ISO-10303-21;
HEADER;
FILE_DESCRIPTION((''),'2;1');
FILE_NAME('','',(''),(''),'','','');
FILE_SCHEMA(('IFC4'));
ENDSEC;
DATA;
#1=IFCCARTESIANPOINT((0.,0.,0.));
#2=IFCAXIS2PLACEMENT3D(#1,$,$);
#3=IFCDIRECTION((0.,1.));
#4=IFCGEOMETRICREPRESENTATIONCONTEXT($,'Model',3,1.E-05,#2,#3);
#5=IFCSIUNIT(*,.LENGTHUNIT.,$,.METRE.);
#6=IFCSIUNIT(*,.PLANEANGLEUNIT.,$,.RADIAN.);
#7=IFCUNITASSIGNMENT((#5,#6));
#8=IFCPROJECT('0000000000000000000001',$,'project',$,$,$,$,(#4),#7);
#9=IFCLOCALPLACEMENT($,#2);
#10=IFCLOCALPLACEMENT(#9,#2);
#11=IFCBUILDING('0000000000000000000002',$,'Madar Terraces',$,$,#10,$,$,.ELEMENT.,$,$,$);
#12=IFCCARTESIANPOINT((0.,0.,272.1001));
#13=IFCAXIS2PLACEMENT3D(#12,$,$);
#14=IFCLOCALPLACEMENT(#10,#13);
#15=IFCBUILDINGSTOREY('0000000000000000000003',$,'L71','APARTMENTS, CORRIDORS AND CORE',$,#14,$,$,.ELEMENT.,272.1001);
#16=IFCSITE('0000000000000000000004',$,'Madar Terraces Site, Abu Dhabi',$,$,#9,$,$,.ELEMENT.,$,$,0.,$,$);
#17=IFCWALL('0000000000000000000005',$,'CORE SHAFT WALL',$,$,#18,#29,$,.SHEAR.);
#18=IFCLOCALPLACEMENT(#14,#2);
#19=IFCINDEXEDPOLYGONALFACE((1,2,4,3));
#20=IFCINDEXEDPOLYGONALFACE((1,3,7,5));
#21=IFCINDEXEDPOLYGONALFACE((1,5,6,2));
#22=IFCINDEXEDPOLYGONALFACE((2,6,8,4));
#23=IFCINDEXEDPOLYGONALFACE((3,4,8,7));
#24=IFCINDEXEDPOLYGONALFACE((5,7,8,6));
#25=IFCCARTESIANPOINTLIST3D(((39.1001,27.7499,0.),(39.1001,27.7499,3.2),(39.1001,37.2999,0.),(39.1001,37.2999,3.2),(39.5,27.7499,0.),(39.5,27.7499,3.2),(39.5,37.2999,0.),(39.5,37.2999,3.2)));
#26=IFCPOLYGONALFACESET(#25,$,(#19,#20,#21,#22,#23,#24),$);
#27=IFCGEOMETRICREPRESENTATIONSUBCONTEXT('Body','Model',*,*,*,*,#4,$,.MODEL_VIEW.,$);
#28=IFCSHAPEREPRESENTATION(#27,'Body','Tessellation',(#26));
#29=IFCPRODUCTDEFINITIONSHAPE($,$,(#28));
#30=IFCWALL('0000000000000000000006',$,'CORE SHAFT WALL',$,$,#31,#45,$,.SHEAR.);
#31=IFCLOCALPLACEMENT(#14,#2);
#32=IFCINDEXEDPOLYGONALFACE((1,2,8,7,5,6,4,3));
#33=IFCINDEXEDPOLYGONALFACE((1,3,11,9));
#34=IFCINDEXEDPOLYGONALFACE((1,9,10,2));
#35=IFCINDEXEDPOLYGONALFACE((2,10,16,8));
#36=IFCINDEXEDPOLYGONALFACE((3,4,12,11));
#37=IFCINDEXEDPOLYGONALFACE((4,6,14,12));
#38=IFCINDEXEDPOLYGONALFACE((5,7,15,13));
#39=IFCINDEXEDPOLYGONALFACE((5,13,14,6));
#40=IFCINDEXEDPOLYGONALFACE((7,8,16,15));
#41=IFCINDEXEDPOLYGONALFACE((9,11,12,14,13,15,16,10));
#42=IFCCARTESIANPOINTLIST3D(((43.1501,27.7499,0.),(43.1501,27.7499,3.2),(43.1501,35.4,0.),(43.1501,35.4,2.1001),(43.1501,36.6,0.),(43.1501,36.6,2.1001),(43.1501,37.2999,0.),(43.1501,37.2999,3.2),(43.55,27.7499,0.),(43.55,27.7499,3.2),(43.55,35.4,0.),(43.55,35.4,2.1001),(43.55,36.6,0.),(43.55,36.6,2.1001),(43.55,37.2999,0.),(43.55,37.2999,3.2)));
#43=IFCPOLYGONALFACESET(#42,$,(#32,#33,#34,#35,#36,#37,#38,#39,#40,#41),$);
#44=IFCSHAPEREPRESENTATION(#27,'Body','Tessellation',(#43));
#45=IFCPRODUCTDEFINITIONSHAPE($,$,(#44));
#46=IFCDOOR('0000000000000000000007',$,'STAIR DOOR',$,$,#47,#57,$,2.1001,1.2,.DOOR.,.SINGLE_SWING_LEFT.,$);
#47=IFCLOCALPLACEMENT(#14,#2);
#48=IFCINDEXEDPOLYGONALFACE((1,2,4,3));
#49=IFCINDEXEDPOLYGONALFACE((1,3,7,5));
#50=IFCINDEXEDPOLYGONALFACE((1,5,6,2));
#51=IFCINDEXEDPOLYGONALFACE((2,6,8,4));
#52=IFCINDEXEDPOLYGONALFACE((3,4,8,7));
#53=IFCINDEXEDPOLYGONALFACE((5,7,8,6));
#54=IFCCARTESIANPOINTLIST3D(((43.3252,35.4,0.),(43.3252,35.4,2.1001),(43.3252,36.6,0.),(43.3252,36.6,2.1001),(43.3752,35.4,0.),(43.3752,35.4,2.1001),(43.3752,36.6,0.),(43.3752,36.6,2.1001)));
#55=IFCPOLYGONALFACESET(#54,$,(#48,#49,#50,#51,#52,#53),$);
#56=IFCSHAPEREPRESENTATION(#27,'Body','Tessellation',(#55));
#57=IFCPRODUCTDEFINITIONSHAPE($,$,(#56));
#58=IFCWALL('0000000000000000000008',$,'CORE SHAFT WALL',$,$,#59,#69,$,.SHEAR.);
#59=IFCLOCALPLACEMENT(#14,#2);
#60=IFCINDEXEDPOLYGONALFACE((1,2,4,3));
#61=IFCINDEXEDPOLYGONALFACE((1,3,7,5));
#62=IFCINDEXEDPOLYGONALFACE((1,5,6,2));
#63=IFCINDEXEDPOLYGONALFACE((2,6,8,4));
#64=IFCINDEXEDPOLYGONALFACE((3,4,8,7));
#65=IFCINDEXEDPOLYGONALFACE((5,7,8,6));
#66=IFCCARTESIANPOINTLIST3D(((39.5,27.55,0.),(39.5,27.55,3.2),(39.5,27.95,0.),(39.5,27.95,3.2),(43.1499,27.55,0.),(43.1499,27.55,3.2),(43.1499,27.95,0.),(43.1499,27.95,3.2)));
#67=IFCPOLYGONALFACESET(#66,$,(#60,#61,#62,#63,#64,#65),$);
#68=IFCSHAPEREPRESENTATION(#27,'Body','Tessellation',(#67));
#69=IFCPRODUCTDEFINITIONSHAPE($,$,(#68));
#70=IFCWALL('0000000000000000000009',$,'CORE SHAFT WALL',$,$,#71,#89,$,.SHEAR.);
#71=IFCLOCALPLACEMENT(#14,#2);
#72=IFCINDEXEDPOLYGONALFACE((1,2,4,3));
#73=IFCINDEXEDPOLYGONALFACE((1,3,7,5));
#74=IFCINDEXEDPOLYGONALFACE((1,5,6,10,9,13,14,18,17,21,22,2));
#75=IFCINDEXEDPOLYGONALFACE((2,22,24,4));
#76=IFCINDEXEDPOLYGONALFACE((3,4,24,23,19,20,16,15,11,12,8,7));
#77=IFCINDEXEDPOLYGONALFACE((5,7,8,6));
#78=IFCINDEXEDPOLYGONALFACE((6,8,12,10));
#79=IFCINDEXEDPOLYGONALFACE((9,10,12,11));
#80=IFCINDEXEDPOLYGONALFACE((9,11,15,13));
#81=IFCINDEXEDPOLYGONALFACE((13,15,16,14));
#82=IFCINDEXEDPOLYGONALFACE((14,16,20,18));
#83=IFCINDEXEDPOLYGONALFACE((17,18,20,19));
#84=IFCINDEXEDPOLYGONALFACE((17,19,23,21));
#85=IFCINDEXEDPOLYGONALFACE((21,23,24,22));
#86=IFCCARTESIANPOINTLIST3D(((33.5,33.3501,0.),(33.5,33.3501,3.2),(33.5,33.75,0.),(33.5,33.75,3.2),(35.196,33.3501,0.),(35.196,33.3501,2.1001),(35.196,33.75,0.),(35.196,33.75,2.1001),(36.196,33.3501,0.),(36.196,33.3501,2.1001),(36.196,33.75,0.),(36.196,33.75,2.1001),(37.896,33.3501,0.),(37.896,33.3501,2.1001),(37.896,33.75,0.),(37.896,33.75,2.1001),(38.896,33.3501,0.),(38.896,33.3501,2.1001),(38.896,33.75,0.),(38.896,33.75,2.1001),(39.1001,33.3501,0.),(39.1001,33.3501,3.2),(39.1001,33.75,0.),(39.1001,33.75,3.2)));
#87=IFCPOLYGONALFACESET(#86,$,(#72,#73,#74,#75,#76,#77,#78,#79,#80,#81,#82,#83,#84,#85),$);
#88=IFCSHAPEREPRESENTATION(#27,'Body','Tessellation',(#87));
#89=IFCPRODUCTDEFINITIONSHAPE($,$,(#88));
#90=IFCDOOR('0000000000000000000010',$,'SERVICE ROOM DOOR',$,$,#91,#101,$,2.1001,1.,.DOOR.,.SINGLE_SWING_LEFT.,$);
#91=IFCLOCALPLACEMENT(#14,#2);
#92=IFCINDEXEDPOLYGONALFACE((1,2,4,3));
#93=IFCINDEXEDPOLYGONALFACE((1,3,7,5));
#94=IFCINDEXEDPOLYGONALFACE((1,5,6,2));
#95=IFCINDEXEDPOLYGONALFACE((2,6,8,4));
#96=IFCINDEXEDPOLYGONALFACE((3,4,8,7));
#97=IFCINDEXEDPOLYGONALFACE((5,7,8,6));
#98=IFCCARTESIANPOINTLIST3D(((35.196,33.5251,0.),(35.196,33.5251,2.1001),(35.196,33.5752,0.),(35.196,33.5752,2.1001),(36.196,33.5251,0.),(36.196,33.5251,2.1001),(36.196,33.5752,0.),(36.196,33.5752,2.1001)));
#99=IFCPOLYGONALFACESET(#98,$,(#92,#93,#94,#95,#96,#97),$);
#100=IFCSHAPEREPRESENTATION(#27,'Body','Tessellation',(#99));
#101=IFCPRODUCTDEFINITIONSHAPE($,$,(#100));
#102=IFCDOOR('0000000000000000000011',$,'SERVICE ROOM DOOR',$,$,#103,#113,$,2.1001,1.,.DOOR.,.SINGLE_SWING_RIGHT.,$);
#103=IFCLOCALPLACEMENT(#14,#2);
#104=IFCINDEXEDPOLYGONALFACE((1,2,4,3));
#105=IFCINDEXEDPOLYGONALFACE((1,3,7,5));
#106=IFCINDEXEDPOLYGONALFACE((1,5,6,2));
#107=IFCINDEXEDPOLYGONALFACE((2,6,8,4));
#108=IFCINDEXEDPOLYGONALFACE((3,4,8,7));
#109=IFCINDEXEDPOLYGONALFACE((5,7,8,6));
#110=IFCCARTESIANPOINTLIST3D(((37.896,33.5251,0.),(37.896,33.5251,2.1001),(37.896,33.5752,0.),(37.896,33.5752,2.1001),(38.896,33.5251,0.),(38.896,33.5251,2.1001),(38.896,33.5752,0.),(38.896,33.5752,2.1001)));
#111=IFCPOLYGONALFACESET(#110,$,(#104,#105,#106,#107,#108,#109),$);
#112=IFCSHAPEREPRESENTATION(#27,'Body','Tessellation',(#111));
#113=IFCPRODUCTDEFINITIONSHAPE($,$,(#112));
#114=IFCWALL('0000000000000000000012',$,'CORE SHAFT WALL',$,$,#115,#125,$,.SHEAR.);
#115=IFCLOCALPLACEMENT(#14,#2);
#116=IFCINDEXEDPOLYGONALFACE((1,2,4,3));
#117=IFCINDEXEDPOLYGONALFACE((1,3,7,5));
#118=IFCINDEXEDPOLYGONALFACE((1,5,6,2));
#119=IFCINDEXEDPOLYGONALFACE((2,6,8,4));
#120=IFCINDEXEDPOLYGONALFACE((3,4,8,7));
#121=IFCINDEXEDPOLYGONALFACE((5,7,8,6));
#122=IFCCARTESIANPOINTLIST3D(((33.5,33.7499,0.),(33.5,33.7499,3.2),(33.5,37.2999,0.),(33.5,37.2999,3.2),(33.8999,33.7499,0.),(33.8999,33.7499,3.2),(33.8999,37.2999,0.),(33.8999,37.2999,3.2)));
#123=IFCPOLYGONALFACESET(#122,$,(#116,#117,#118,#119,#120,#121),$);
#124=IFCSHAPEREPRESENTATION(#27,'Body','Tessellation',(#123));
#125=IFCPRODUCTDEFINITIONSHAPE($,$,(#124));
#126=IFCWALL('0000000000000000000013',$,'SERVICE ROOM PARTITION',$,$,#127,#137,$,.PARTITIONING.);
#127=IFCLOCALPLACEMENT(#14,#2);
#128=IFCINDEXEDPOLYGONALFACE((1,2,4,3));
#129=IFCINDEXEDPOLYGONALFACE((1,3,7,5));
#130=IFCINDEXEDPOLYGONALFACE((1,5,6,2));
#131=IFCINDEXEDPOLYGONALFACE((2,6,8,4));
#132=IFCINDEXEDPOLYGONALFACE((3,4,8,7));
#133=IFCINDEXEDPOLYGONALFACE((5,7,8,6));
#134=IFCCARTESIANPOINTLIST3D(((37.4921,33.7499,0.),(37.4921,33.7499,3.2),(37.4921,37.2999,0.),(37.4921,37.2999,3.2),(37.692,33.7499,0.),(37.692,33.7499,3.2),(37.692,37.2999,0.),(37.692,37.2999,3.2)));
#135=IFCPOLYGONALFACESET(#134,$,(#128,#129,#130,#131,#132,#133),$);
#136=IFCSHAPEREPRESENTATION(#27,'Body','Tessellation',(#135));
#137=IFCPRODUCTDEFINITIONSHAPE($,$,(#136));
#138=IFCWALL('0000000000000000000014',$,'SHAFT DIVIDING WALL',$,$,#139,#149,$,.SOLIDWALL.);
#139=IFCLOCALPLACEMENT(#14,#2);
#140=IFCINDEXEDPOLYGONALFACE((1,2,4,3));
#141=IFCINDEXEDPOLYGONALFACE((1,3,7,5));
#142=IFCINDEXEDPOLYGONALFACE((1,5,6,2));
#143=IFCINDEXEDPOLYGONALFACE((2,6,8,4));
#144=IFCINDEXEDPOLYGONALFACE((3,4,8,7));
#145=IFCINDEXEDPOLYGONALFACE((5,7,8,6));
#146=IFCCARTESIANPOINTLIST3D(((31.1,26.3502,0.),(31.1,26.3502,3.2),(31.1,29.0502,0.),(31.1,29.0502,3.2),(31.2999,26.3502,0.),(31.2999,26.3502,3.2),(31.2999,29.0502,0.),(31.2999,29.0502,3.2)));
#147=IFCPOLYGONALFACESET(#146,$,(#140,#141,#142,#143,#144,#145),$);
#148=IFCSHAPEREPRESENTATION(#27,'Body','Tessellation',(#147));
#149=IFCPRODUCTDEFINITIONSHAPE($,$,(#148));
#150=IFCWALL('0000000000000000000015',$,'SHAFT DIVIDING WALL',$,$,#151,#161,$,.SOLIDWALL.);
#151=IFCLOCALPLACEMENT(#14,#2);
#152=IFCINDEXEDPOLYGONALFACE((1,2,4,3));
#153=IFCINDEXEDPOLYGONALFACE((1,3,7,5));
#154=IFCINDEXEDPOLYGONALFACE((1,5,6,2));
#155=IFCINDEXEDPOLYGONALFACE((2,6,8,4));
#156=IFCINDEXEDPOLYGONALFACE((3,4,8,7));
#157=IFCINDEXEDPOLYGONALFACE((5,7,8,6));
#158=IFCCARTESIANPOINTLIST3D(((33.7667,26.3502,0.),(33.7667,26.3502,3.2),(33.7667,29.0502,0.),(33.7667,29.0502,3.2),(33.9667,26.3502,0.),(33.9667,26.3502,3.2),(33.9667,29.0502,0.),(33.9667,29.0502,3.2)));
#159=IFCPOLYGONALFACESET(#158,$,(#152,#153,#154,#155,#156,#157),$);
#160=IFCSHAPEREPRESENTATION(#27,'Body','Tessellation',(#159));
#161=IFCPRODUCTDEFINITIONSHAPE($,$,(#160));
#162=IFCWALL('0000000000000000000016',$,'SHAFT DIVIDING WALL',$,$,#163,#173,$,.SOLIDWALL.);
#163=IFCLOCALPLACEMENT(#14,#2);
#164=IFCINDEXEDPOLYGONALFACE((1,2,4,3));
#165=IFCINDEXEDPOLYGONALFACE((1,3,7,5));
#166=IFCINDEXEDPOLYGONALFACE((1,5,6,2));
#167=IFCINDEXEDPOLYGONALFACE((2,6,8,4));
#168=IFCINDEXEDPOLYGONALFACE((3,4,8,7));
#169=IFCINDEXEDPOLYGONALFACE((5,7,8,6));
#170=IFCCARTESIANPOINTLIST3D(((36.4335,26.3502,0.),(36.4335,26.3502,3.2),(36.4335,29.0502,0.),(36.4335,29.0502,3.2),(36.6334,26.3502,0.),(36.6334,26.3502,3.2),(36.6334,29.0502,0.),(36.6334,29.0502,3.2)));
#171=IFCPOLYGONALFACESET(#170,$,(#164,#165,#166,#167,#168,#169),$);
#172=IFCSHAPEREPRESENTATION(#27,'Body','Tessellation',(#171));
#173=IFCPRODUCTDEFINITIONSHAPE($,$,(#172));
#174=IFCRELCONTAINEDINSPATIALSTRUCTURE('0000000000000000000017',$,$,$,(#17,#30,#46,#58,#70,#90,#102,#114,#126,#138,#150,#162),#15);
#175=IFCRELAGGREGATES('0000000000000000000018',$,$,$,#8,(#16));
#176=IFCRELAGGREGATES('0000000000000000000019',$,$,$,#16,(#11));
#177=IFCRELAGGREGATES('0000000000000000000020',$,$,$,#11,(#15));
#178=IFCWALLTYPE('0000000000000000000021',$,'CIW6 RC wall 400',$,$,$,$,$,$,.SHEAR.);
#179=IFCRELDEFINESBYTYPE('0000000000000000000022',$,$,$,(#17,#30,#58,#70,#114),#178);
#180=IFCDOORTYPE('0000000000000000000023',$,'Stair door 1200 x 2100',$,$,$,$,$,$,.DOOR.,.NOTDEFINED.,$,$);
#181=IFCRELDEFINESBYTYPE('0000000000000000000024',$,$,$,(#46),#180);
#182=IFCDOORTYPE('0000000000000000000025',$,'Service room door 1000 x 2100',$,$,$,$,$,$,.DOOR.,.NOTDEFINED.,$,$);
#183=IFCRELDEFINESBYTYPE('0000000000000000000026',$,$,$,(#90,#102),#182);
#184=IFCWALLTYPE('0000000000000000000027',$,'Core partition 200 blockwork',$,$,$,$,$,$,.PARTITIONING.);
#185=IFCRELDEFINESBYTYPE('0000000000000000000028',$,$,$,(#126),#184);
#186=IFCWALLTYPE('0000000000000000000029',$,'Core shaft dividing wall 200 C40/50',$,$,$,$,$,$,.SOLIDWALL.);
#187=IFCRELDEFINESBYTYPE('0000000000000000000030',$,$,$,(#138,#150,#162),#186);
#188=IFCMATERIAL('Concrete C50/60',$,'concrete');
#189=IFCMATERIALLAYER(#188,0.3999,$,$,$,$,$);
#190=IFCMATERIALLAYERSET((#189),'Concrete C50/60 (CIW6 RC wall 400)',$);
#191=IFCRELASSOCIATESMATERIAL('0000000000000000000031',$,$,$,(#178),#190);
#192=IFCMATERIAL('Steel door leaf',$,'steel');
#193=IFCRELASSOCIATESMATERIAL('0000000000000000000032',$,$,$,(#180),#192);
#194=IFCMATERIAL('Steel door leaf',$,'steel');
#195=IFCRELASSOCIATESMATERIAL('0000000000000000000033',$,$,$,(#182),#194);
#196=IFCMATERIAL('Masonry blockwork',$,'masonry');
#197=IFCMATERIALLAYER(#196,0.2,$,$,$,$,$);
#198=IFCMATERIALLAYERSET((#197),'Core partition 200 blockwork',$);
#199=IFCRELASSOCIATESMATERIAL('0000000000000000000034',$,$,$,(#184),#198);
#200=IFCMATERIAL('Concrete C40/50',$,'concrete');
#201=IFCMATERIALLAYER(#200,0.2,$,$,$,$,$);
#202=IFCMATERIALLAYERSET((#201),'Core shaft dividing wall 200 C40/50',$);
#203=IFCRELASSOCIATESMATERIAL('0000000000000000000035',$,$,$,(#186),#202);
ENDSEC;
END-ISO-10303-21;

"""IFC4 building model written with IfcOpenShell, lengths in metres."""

from ifc_helpers import new_model, si_unit, direction, frame, frame_2d, origin, place, context, subcontext, project, spatial, rectangle, extrude, material, layer, layer_set, type_object, element, fill, save


model = new_model("IFC4")

# Units and contexts
model_context = context("Model", 3, precision=1e-05, world=origin(), true_north=direction((0.0, 1.0)))
body_context = subcontext(model_context, "Body", "Model", "MODEL_VIEW")
ifc_project = project(units=[si_unit("LENGTHUNIT", "METRE"), si_unit("PLANEANGLEUNIT", "RADIAN")], contexts=[model_context])

# Site, building, storey
site_placement = place(None, origin())
site = spatial("IfcSite", under=ifc_project, at=site_placement, Name="Madar Terraces Site, Abu Dhabi", CompositionType="ELEMENT", RefElevation=0.0)
building_placement = place(site_placement, origin())
building = spatial("IfcBuilding", under=site, at=building_placement, Name="Madar Terraces", CompositionType="ELEMENT")
storey_placement = place(building_placement, frame((0.0, 0.0, 272.1001)))
storey = spatial("IfcBuildingStorey", under=building, at=storey_placement, Name="L71", Description="APARTMENTS, CORRIDORS AND CORE", CompositionType="ELEMENT", Elevation=272.1001)

# Wall
ifc_material_1 = material(Name="Concrete C50/60", Category="concrete")
ifc_layer_1 = layer(ifc_material_1, 0.3999)
ifc_layer_set_1 = layer_set([ifc_layer_1], Name="Concrete C50/60 (CIW6 RC wall 400)")
wall_type_1 = type_object("IfcWallType", Name="CIW6 RC wall 400", PredefinedType="SHEAR", material=ifc_layer_set_1)
wall_1_placement = place(storey_placement, frame((39.3, 27.75, 0.0), z_axis=(0.0, 0.0, 1.0), x_axis=(0.0, 1.0, 0.0)))
element("IfcWall", 1, at=wall_1_placement, inside=storey, type_object=wall_type_1, Name="CORE SHAFT WALL", PredefinedType="SHEAR", context=body_context, shape_type="SweptSolid", body=[
    extrude(rectangle(XDim=9.55, YDim=0.3999, at=frame_2d((4.7749, 0.0))), origin(), (0.0, 0.0, 1.0), 3.2),
])

# Wall, opening, door
wall_2_placement = place(storey_placement, frame((43.3501, 27.75, 0.0), z_axis=(0.0, 0.0, 1.0), x_axis=(0.0, 1.0, 0.0)))
wall_2 = element("IfcWall", 2, at=wall_2_placement, inside=storey, type_object=wall_type_1, Name="CORE SHAFT WALL", PredefinedType="SHEAR", context=body_context, shape_type="SweptSolid", body=[
    extrude(rectangle(XDim=9.55, YDim=0.3999, at=frame_2d((4.7749, 0.0))), origin(), (0.0, 0.0, 1.0), 3.2),
])
opening_1_placement = place(wall_2_placement, frame((7.6499, 0.0, 0.0)))
opening_1 = element("IfcOpeningElement", 3, at=opening_1_placement, cuts=wall_2, PredefinedType="OPENING", context=body_context, shape_type="SweptSolid", body=[
    extrude(rectangle(XDim=1.2, YDim=2.1001, at=frame_2d((0.6001, 1.05))), frame((0.0, 0.21, 0.0), z_axis=(0.0, -1.0, 0.0), x_axis=(1.0, 0.0, 0.0)), (0.0, 0.0, 1.0), 0.4199),
])
ifc_material_2 = material(Name="Steel door leaf", Category="steel")
door_type_1 = type_object("IfcDoorType", Name="Stair door 1200 x 2100", OperationType="NOTDEFINED", PredefinedType="DOOR", material=ifc_material_2)
door_1_placement = place(opening_1_placement, origin())
door_1 = element("IfcDoor", 4, at=door_1_placement, inside=storey, type_object=door_type_1, Name="STAIR DOOR", OperationType="SINGLE_SWING_LEFT", OverallHeight=2.1001, OverallWidth=1.2, PredefinedType="DOOR", context=body_context, shape_type="SweptSolid", body=[
    extrude(rectangle(XDim=1.2, YDim=2.1001, at=frame_2d((0.6001, 1.05))), frame((0.0, 0.0249, 0.0), z_axis=(0.0, -1.0, 0.0), x_axis=(1.0, 0.0, 0.0)), (0.0, 0.0, 1.0), 0.05),
])
fill(opening_1, door_1)

# Wall
wall_3_placement = place(storey_placement, frame((39.5, 27.75, 0.0), z_axis=(0.0, 0.0, 1.0), x_axis=(1.0, 0.0, 0.0)))
element("IfcWall", 5, at=wall_3_placement, inside=storey, type_object=wall_type_1, Name="CORE SHAFT WALL", PredefinedType="SHEAR", context=body_context, shape_type="SweptSolid", body=[
    extrude(rectangle(XDim=3.6499, YDim=0.3999, at=frame_2d((1.825, 0.0))), origin(), (0.0, 0.0, 1.0), 3.2),
])

# Wall, openings, doors
wall_4_placement = place(storey_placement, frame((33.5, 33.55, 0.0), z_axis=(0.0, 0.0, 1.0), x_axis=(1.0, 0.0, 0.0)))
wall_4 = element("IfcWall", 6, at=wall_4_placement, inside=storey, type_object=wall_type_1, Name="CORE SHAFT WALL", PredefinedType="SHEAR", context=body_context, shape_type="SweptSolid", body=[
    extrude(rectangle(XDim=5.6001, YDim=0.3999, at=frame_2d((2.8, 0.0))), origin(), (0.0, 0.0, 1.0), 3.2),
])
opening_2_placement = place(wall_4_placement, frame((1.696, 0.0, 0.0)))
opening_2 = element("IfcOpeningElement", 7, at=opening_2_placement, cuts=wall_4, PredefinedType="OPENING", context=body_context, shape_type="SweptSolid", body=[
    extrude(rectangle(XDim=1.0, YDim=2.1001, at=frame_2d((0.5, 1.05))), frame((0.0, 0.21, 0.0), z_axis=(0.0, -1.0, 0.0), x_axis=(1.0, 0.0, 0.0)), (0.0, 0.0, 1.0), 0.4199),
])
opening_3_placement = place(wall_4_placement, frame((4.396, 0.0, 0.0)))
opening_3 = element("IfcOpeningElement", 8, at=opening_3_placement, cuts=wall_4, PredefinedType="OPENING", context=body_context, shape_type="SweptSolid", body=[
    extrude(rectangle(XDim=1.0, YDim=2.1001, at=frame_2d((0.5, 1.05))), frame((0.0, 0.21, 0.0), z_axis=(0.0, -1.0, 0.0), x_axis=(1.0, 0.0, 0.0)), (0.0, 0.0, 1.0), 0.4199),
])
ifc_material_3 = material(Name="Steel door leaf", Category="steel")
door_type_2 = type_object("IfcDoorType", Name="Service room door 1000 x 2100", OperationType="NOTDEFINED", PredefinedType="DOOR", material=ifc_material_3)
door_2_placement = place(opening_2_placement, frame((1.0, 0.0, 0.0), z_axis=(0.0, 0.0, 1.0), x_axis=(-1.0, 0.0, 0.0)))
door_2 = element("IfcDoor", 9, at=door_2_placement, inside=storey, type_object=door_type_2, Name="SERVICE ROOM DOOR", OperationType="SINGLE_SWING_LEFT", OverallHeight=2.1001, OverallWidth=1.0, PredefinedType="DOOR", context=body_context, shape_type="SweptSolid", body=[
    extrude(rectangle(XDim=1.0, YDim=2.1001, at=frame_2d((0.5, 1.05))), frame((0.0, 0.0249, 0.0), z_axis=(0.0, -1.0, 0.0), x_axis=(1.0, 0.0, 0.0)), (0.0, 0.0, 1.0), 0.05),
])
fill(opening_2, door_2)
door_3_placement = place(opening_3_placement, frame((1.0, 0.0, 0.0), z_axis=(0.0, 0.0, 1.0), x_axis=(-1.0, 0.0, 0.0)))
door_3 = element("IfcDoor", 10, at=door_3_placement, inside=storey, type_object=door_type_2, Name="SERVICE ROOM DOOR", OperationType="SINGLE_SWING_RIGHT", OverallHeight=2.1001, OverallWidth=1.0, PredefinedType="DOOR", context=body_context, shape_type="SweptSolid", body=[
    extrude(rectangle(XDim=1.0, YDim=2.1001, at=frame_2d((0.5, 1.05))), frame((0.0, 0.0249, 0.0), z_axis=(0.0, -1.0, 0.0), x_axis=(1.0, 0.0, 0.0)), (0.0, 0.0, 1.0), 0.05),
])
fill(opening_3, door_3)

# Walls
wall_5_placement = place(storey_placement, frame((33.7, 33.75, 0.0), z_axis=(0.0, 0.0, 1.0), x_axis=(0.0, 1.0, 0.0)))
element("IfcWall", 11, at=wall_5_placement, inside=storey, type_object=wall_type_1, Name="CORE SHAFT WALL", PredefinedType="SHEAR", context=body_context, shape_type="SweptSolid", body=[
    extrude(rectangle(XDim=3.55, YDim=0.3999, at=frame_2d((1.7749, 0.0))), origin(), (0.0, 0.0, 1.0), 3.2),
])
ifc_material_4 = material(Name="Masonry blockwork", Category="masonry")
ifc_layer_2 = layer(ifc_material_4, 0.2)
ifc_layer_set_2 = layer_set([ifc_layer_2], Name="Core partition 200 blockwork")
wall_type_2 = type_object("IfcWallType", Name="Core partition 200 blockwork", PredefinedType="PARTITIONING", material=ifc_layer_set_2)
wall_6_placement = place(storey_placement, frame((37.592, 33.75, 0.0), z_axis=(0.0, 0.0, 1.0), x_axis=(0.0, 1.0, 0.0)))
element("IfcWall", 12, at=wall_6_placement, inside=storey, type_object=wall_type_2, Name="SERVICE ROOM PARTITION", PredefinedType="PARTITIONING", context=body_context, shape_type="SweptSolid", body=[
    extrude(rectangle(XDim=3.55, YDim=0.2, at=frame_2d((1.7749, 0.0))), origin(), (0.0, 0.0, 1.0), 3.2),
])
ifc_material_5 = material(Name="Concrete C40/50", Category="concrete")
ifc_layer_3 = layer(ifc_material_5, 0.2)
ifc_layer_set_3 = layer_set([ifc_layer_3], Name="Core shaft dividing wall 200 C40/50")
wall_type_3 = type_object("IfcWallType", Name="Core shaft dividing wall 200 C40/50", PredefinedType="SOLIDWALL", material=ifc_layer_set_3)
for number, where, z_axis, x_axis, name in (
    (13, (31.2, 26.3501, 0.0), (0.0, 0.0, 1.0), (0.0, 1.0, 0.0), "SHAFT DIVIDING WALL"),
    (14, (33.8667, 26.3501, 0.0), (0.0, 0.0, 1.0), (0.0, 1.0, 0.0), "SHAFT DIVIDING WALL"),
    (15, (36.5334, 26.3501, 0.0), (0.0, 0.0, 1.0), (0.0, 1.0, 0.0), "SHAFT DIVIDING WALL"),
):
    element("IfcWall", number, at=place(storey_placement, frame(where, z_axis=z_axis, x_axis=x_axis)), inside=storey, type_object=wall_type_3, Name=name, PredefinedType="SOLIDWALL", context=body_context, shape_type="SweptSolid", body=[
        extrude(rectangle(XDim=2.7, YDim=0.2, at=frame_2d((1.3501, 0.0))), origin(), (0.0, 0.0, 1.0), 3.2),
    ])

save(model, "model.ifc")
